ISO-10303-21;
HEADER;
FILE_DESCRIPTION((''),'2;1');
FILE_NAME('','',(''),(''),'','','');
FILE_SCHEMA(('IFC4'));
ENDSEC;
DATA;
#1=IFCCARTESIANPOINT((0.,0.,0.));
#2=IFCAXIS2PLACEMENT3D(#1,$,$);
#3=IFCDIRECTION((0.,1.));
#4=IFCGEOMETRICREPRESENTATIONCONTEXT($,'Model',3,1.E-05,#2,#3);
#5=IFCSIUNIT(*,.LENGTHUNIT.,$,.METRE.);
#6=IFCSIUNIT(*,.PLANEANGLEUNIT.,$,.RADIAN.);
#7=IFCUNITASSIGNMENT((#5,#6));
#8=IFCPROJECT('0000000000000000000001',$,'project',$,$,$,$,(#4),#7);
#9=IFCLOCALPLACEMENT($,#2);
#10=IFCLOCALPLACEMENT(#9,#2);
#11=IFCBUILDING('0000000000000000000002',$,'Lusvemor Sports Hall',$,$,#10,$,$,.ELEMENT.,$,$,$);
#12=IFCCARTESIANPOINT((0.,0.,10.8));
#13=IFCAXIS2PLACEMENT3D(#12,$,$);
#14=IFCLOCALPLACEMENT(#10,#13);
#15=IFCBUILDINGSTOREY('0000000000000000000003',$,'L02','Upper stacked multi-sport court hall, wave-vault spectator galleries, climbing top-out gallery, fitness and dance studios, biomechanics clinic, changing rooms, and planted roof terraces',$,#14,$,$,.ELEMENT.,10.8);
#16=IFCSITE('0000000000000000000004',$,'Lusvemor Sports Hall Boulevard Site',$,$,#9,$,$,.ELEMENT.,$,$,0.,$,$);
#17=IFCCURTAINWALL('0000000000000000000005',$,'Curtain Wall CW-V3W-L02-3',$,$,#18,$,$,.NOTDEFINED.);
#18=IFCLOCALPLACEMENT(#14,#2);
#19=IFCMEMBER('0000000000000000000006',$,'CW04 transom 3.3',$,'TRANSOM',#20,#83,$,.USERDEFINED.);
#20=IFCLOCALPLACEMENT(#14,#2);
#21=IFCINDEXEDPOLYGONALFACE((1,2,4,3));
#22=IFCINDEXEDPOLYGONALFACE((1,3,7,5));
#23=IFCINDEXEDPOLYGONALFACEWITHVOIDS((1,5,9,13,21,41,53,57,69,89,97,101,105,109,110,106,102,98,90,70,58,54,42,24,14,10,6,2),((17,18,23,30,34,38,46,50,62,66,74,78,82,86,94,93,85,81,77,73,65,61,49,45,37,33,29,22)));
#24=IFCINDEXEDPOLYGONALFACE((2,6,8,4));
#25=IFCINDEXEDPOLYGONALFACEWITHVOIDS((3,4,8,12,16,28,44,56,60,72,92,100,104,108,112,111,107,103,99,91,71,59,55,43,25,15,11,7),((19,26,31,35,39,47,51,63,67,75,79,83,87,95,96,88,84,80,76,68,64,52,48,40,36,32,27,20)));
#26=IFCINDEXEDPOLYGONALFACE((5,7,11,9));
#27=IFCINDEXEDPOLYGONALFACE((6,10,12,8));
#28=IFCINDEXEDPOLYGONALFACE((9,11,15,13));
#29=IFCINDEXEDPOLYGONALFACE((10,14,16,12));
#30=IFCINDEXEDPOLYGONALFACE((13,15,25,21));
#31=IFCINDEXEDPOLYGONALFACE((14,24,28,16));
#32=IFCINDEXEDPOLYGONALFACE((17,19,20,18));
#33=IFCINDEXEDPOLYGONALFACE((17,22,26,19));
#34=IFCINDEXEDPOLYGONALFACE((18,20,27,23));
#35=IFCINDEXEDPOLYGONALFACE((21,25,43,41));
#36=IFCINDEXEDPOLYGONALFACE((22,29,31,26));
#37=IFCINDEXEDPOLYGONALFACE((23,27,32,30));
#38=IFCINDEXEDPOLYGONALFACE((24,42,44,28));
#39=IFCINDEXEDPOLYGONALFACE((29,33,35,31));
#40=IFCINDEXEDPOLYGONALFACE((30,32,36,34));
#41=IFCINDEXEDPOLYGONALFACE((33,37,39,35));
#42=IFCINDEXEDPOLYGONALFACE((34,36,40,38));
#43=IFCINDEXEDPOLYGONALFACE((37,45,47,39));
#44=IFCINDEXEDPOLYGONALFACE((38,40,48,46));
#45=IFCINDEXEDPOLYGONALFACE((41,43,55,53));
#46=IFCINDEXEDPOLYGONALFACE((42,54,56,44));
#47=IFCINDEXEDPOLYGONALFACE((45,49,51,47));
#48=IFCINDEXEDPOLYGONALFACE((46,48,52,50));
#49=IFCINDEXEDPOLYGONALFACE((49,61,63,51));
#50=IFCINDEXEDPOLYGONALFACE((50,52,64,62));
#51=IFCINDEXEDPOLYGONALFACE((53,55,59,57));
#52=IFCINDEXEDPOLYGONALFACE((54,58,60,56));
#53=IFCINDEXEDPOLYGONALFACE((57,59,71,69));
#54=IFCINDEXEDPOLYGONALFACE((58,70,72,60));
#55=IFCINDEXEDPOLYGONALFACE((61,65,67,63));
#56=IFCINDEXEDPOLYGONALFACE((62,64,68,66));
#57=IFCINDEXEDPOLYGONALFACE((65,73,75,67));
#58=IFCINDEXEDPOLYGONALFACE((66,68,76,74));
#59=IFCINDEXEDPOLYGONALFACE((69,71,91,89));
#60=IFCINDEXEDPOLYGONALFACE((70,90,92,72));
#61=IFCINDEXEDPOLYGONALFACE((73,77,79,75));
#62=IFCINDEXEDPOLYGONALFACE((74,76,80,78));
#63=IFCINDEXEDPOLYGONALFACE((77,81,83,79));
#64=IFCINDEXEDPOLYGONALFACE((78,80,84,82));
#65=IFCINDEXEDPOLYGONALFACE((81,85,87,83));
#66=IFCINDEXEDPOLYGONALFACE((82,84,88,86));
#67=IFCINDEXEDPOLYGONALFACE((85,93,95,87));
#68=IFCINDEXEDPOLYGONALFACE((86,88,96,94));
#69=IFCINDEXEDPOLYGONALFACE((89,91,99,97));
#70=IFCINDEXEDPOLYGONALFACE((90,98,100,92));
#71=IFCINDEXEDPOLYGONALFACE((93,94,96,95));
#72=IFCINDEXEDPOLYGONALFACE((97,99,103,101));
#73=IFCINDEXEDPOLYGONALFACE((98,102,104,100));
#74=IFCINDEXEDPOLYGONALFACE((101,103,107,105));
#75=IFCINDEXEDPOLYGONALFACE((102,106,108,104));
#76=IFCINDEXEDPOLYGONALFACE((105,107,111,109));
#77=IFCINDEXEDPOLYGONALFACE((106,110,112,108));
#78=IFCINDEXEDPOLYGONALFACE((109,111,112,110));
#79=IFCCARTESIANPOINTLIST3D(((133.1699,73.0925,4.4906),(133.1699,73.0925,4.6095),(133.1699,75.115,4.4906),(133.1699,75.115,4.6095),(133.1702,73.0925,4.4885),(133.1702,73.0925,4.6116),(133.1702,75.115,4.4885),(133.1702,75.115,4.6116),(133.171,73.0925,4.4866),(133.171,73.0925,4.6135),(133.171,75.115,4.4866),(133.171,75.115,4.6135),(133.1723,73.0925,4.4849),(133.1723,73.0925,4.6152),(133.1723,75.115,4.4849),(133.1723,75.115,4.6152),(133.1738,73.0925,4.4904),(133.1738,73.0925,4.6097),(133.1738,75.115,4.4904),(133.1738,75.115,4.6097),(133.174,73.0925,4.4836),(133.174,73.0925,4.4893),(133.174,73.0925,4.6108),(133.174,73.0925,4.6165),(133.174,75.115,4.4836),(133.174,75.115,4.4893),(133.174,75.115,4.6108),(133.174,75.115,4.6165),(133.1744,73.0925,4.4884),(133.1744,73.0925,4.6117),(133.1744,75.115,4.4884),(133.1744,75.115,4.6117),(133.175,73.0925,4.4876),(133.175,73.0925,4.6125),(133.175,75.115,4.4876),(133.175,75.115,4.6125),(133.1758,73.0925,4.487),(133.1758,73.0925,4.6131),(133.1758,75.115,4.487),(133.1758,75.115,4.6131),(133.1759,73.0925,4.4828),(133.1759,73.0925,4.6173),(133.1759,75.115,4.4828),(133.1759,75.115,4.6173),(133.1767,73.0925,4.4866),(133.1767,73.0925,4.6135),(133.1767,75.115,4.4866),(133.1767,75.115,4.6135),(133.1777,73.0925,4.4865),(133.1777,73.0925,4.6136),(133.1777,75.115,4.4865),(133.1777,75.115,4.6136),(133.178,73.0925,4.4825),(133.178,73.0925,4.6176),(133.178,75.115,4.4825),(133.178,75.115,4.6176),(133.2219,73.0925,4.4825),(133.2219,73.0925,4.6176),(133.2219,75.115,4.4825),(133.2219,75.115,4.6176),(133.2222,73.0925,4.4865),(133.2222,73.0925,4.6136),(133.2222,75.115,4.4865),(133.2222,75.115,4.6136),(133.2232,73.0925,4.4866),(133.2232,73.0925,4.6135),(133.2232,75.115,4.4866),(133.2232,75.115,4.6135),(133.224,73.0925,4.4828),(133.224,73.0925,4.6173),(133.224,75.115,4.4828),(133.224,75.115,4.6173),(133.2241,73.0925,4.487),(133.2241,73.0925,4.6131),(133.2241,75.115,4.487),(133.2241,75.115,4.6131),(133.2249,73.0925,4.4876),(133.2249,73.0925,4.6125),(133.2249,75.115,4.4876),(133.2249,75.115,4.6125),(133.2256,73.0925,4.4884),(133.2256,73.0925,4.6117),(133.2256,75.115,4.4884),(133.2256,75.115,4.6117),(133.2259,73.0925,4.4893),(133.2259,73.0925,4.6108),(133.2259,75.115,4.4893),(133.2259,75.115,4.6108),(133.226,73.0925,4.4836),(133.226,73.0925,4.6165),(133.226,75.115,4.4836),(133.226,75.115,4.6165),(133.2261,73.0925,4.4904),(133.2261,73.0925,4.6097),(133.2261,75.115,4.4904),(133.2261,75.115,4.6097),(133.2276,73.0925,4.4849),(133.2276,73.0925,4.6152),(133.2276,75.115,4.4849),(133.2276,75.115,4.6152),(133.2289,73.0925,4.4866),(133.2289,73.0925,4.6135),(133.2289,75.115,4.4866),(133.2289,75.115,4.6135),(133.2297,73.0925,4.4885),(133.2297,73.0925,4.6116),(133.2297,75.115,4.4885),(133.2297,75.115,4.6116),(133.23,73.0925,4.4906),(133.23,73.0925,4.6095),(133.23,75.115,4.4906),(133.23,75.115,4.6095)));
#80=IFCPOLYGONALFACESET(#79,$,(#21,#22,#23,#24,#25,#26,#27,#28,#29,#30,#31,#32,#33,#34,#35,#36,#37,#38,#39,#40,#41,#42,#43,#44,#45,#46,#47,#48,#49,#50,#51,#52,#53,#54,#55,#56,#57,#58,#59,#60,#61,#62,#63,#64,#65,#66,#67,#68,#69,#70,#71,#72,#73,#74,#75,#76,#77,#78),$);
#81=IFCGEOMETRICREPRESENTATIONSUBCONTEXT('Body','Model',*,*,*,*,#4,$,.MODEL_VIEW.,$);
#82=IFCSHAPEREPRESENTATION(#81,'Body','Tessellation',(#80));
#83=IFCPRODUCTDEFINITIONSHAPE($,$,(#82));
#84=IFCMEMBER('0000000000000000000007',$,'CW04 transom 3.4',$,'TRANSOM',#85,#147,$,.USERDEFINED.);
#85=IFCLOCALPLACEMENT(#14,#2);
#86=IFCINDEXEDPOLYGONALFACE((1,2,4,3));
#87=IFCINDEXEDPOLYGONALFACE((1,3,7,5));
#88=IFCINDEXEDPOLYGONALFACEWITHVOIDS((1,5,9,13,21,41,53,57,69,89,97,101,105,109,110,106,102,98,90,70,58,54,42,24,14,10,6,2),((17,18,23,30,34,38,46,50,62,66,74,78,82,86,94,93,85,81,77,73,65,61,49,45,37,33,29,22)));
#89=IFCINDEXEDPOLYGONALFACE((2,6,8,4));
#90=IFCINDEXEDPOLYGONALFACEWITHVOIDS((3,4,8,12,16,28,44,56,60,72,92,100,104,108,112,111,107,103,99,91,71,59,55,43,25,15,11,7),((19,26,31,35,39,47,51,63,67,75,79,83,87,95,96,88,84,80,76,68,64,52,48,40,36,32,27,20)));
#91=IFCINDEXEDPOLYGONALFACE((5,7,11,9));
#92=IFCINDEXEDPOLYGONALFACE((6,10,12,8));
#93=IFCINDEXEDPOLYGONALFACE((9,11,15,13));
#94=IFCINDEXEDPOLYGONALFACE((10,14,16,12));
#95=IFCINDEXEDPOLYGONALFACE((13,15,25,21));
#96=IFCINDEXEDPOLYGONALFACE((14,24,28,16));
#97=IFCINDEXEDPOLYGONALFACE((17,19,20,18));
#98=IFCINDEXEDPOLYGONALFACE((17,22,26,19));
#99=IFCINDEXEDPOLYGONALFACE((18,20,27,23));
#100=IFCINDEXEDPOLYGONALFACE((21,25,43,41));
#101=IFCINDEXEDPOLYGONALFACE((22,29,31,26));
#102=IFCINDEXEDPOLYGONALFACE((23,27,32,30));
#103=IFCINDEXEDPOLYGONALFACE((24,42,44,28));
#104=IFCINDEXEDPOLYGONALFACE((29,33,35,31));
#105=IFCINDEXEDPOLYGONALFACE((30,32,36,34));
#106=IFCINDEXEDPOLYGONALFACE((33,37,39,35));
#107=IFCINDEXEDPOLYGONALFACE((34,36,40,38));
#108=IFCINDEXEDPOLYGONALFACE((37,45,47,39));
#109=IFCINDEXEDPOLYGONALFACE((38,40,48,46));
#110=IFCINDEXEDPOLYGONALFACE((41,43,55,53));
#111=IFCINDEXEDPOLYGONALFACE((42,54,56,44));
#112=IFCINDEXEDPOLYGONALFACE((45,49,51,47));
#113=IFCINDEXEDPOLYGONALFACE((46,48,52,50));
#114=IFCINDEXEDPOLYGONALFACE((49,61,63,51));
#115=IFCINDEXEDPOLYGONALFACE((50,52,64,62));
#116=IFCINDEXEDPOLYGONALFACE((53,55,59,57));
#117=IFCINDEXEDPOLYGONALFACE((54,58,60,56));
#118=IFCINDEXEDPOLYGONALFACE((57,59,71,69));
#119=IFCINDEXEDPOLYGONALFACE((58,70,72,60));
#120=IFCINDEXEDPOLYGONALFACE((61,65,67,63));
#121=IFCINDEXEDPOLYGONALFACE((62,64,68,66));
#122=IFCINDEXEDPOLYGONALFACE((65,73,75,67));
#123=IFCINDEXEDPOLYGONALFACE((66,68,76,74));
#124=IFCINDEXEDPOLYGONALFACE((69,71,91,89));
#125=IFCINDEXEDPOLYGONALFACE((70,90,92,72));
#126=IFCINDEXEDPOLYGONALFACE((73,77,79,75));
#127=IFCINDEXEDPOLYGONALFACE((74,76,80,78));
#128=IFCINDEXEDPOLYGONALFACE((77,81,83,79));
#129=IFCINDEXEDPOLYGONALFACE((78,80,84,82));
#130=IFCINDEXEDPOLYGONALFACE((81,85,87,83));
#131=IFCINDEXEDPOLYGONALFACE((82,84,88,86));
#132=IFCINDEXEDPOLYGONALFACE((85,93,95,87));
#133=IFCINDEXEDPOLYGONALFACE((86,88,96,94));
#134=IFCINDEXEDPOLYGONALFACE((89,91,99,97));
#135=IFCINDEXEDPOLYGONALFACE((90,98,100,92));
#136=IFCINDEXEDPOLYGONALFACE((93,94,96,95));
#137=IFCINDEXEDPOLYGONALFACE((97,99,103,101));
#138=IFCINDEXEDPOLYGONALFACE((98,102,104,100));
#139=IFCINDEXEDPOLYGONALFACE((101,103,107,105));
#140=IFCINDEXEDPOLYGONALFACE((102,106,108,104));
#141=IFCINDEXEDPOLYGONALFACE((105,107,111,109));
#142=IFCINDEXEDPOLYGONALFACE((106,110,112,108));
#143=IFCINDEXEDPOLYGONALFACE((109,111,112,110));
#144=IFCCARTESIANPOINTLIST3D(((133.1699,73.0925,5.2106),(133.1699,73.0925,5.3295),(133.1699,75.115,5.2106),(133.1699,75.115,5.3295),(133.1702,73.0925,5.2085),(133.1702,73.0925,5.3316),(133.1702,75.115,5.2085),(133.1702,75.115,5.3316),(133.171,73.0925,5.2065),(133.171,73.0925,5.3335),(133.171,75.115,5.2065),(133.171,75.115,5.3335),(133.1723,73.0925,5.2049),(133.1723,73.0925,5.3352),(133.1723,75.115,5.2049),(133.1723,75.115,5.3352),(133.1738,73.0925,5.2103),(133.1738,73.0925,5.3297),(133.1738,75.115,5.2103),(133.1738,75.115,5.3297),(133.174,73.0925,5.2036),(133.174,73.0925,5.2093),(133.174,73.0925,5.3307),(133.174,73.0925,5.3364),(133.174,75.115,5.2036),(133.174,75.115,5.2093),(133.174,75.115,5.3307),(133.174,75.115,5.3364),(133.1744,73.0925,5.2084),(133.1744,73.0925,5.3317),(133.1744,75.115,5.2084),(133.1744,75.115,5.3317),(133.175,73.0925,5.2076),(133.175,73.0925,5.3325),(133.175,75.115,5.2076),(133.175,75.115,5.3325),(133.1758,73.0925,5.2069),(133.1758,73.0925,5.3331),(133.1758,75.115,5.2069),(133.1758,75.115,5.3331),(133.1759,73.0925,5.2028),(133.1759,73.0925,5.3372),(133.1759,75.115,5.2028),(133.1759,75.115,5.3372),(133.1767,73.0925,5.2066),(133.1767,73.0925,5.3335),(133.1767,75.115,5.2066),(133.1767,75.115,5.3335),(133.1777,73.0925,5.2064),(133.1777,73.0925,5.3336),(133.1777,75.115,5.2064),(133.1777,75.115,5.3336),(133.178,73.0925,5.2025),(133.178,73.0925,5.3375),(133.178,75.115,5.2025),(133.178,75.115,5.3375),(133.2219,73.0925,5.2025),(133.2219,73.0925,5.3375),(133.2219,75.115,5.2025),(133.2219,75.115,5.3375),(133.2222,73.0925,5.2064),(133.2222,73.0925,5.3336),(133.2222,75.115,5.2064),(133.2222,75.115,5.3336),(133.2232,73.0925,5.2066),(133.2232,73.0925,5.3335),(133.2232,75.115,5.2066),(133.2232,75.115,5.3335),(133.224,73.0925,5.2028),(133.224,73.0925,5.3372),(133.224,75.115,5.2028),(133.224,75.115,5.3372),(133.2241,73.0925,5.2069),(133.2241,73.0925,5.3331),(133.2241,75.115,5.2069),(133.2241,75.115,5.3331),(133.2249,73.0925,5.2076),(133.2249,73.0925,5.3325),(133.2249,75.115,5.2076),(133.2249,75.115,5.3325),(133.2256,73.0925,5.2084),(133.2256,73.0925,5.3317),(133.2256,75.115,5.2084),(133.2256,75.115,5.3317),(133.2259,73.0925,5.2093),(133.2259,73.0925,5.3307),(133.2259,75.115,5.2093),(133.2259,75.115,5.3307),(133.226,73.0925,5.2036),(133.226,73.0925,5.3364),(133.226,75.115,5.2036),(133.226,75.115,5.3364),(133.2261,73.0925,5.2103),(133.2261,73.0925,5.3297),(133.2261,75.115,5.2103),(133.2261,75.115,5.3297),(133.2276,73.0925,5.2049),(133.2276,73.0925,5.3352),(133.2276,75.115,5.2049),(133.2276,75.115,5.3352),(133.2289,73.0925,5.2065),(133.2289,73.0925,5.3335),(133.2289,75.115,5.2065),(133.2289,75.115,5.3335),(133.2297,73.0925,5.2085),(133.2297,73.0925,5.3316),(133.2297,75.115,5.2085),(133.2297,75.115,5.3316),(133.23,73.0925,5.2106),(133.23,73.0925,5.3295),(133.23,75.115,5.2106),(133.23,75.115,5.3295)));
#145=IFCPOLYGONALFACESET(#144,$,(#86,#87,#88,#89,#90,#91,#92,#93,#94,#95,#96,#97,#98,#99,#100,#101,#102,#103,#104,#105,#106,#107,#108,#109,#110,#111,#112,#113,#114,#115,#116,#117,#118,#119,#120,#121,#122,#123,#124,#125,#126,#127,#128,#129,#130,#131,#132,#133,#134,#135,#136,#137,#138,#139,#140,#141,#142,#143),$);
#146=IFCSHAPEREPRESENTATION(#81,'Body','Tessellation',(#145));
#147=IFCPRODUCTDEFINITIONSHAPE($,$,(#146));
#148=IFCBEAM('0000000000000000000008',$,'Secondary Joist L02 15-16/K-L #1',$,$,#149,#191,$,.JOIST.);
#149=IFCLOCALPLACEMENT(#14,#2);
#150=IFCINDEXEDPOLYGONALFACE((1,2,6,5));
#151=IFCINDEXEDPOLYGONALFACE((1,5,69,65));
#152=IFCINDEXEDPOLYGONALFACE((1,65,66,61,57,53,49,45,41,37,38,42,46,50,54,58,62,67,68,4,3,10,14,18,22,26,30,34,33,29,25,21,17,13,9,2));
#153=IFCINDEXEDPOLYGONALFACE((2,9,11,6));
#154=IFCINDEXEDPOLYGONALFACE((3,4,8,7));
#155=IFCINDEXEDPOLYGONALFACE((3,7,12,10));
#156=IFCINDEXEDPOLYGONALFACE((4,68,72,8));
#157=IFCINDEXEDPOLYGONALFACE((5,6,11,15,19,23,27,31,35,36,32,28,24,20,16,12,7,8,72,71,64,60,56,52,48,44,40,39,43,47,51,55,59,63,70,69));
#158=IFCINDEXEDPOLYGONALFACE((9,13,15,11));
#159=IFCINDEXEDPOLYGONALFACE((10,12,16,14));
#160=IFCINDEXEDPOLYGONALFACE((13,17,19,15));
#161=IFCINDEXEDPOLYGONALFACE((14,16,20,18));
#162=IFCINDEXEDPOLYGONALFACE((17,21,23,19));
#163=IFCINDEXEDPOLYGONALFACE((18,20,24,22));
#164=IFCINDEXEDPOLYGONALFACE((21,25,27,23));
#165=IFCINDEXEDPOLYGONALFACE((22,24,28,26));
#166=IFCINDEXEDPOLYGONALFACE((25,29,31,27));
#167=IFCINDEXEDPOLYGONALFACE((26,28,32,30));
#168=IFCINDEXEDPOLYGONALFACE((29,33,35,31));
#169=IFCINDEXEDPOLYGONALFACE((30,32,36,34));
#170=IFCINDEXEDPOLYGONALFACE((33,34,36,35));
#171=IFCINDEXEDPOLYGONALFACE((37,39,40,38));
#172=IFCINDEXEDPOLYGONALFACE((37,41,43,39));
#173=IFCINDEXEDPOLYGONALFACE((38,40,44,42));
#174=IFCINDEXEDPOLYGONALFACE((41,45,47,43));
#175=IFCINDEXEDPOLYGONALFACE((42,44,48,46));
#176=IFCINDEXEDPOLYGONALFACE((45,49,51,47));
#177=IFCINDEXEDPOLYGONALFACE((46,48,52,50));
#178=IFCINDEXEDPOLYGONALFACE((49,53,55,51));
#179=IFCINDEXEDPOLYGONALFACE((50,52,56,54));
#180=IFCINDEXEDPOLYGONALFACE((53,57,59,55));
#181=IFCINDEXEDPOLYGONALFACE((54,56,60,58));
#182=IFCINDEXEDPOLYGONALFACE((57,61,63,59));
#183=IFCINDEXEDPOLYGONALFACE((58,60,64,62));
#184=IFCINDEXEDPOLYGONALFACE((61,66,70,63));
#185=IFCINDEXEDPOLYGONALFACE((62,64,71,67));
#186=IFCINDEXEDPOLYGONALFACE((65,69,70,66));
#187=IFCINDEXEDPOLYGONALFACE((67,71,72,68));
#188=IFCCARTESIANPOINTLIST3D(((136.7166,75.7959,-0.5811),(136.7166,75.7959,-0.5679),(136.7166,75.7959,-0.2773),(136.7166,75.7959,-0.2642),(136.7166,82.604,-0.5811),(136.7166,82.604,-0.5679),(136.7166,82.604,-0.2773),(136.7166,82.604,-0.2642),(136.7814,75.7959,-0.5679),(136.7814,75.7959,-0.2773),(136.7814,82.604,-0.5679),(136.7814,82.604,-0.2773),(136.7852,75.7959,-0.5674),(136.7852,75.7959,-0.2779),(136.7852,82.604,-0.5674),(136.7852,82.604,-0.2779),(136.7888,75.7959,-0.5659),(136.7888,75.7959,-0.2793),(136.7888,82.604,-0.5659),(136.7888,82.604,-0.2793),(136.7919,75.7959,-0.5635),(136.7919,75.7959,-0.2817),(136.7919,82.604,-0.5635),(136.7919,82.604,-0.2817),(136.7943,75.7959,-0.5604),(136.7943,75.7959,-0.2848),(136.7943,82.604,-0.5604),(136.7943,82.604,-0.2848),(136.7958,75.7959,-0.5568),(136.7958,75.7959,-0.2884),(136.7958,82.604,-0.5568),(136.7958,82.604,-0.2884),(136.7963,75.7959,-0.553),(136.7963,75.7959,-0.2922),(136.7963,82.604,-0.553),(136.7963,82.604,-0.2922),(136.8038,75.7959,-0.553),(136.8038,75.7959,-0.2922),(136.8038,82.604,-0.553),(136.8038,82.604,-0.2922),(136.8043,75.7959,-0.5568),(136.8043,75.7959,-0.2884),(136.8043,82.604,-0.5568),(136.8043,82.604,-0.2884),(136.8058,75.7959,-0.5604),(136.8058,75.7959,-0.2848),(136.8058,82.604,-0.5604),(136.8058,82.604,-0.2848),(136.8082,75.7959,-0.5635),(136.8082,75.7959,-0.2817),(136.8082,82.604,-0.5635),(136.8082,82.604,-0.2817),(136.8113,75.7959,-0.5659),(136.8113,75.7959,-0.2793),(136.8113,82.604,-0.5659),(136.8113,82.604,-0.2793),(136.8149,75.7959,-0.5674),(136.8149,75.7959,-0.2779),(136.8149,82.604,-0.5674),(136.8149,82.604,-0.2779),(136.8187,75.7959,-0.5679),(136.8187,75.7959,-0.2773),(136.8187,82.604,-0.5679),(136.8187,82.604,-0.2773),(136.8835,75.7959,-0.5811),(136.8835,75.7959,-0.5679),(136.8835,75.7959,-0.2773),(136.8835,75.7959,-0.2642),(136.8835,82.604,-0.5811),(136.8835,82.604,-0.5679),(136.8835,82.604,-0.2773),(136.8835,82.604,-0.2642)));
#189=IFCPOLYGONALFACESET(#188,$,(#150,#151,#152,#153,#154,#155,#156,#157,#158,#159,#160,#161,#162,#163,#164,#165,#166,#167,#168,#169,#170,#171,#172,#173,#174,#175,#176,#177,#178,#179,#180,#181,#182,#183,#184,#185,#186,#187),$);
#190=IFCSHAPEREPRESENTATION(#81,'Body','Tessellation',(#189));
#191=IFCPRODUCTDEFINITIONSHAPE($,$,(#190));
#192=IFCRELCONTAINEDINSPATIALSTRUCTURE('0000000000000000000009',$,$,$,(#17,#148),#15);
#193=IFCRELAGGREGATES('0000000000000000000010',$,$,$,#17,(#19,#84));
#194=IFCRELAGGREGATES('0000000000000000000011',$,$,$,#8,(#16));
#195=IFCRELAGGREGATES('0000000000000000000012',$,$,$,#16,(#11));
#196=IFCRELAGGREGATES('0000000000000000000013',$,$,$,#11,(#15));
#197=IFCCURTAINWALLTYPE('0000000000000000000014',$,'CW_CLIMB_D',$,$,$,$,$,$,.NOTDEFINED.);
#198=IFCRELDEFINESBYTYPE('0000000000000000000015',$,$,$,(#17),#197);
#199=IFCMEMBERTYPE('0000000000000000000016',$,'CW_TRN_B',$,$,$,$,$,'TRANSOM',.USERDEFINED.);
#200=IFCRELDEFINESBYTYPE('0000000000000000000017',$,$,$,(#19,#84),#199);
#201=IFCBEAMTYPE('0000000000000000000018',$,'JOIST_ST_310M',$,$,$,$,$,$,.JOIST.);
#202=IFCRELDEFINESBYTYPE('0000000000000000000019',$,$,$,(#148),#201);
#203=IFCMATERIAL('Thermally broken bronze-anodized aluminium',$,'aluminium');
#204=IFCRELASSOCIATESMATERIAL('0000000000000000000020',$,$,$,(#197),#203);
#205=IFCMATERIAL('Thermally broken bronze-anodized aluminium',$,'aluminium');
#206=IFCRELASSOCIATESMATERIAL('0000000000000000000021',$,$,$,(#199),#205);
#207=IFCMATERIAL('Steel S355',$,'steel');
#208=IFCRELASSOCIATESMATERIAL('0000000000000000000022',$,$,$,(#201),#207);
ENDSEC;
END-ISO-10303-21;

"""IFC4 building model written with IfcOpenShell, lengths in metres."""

from ifc_helpers import new_model, si_unit, direction, frame, origin, origin_2d, place, context, subcontext, project, spatial, hollow_rectangle, i_section, extrude, material, material_profile, profile_set, type_object, element, aggregate, save


model = new_model("IFC4")

# Units and contexts
model_context = context("Model", 3, precision=1e-05, world=origin(), true_north=direction((0.0, 1.0)))
body_context = subcontext(model_context, "Body", "Model", "MODEL_VIEW")
ifc_project = project(units=[si_unit("LENGTHUNIT", "METRE"), si_unit("PLANEANGLEUNIT", "RADIAN")], contexts=[model_context])

# Site, building, storey
site_placement = place(None, origin())
site = spatial("IfcSite", under=ifc_project, at=site_placement, Name="Lusvemor Sports Hall Boulevard Site", CompositionType="ELEMENT", RefElevation=0.0)
building_placement = place(site_placement, origin())
building = spatial("IfcBuilding", under=site, at=building_placement, Name="Lusvemor Sports Hall", CompositionType="ELEMENT")
storey_placement = place(building_placement, frame((0.0, 0.0, 10.8)))
storey = spatial("IfcBuildingStorey", under=building, at=storey_placement, Name="L02", Description="Upper stacked multi-sport court hall, wave-vault spectator galleries, climbing top-out gallery, fitness and dance studios, biomechanics clinic, changing rooms, and planted roof terraces", CompositionType="ELEMENT", Elevation=10.8)

# Curtain wall, members
ifc_material_1 = material(Name="Thermally broken bronze-anodized aluminium", Category="aluminium")
curtain_wall_type = type_object("IfcCurtainWallType", Name="CW_CLIMB_D", PredefinedType="NOTDEFINED", material=ifc_material_1)
curtain_wall_placement = place(storey_placement, origin())
curtain_wall = element("IfcCurtainWall", 1, at=curtain_wall_placement, inside=storey, type_object=curtain_wall_type, Name="Curtain Wall CW-V3W-L02-3", PredefinedType="NOTDEFINED")
ifc_material_2 = material(Name="Thermally broken bronze-anodized aluminium", Category="aluminium")
ifc_material_profile_1 = material_profile(ifc_material_2, hollow_rectangle(XDim=0.0601, YDim=0.135, WallThickness=0.0039, InnerFilletRadius=0.0039, OuterFilletRadius=0.0081, at=origin_2d()), Name="CWTRN135x60x4")
ifc_profile_set_1 = profile_set([ifc_material_profile_1], Name="Thermally broken bronze-anodized aluminium")
member_type_1 = type_object("IfcMemberType", Name="CW_TRN_B", ElementType="TRANSOM", PredefinedType="USERDEFINED", material=ifc_profile_set_1)
member_1_placement = place(storey_placement, frame((133.2, 73.0925, 4.55), z_axis=(0.0, 1.0, 0.0), x_axis=(-1.0, 0.0, 0.0)))
member_1 = element("IfcMember", 2, at=member_1_placement, type_object=member_type_1, Name="CW04 transom 3.3", ObjectType="TRANSOM", PredefinedType="USERDEFINED", context=body_context, shape_type="SweptSolid", body=[
    extrude(hollow_rectangle(XDim=0.0601, YDim=0.135, WallThickness=0.0039, InnerFilletRadius=0.0039, OuterFilletRadius=0.0081, at=origin_2d()), origin(), (0.0, 0.0, 1.0), 2.0225),
])
member_2_placement = place(storey_placement, frame((133.2, 73.0925, 5.27), z_axis=(0.0, 1.0, 0.0), x_axis=(-1.0, 0.0, 0.0)))
member_2 = element("IfcMember", 3, at=member_2_placement, type_object=member_type_1, Name="CW04 transom 3.4", ObjectType="TRANSOM", PredefinedType="USERDEFINED", context=body_context, shape_type="SweptSolid", body=[
    extrude(hollow_rectangle(XDim=0.0601, YDim=0.135, WallThickness=0.0039, InnerFilletRadius=0.0039, OuterFilletRadius=0.0081, at=origin_2d()), origin(), (0.0, 0.0, 1.0), 2.0225),
])

# Beam
ifc_material_3 = material(Name="Steel S355", Category="steel")
ifc_material_profile_2 = material_profile(ifc_material_3, i_section(OverallWidth=0.167, OverallDepth=0.3169, WebThickness=0.0076, FlangeThickness=0.0132, FilletRadius=0.0149, at=origin_2d()), Name="W310x52.0")
ifc_profile_set_2 = profile_set([ifc_material_profile_2], Name="Steel S355")
beam_type_1 = type_object("IfcBeamType", Name="JOIST_ST_310M", PredefinedType="JOIST", material=ifc_profile_set_2)
for number, where, z_axis, x_axis, name in (
    (4, (136.8, 75.7959, -0.4226), (0.0, 1.0, 0.0), (-1.0, 0.0, 0.0), "Secondary Joist L02 15-16/K-L #1"),
):
    element("IfcBeam", number, at=place(storey_placement, frame(where, z_axis=z_axis, x_axis=x_axis)), inside=storey, type_object=beam_type_1, Name=name, PredefinedType="JOIST", context=body_context, shape_type="SweptSolid", body=[
        extrude(i_section(OverallWidth=0.167, OverallDepth=0.3169, WebThickness=0.0076, FlangeThickness=0.0132, FilletRadius=0.0149, at=origin_2d()), origin(), (0.0, 0.0, 1.0), 6.8081),
    ])

aggregate(curtain_wall, [member_1, member_2])

save(model, "model.ifc")
